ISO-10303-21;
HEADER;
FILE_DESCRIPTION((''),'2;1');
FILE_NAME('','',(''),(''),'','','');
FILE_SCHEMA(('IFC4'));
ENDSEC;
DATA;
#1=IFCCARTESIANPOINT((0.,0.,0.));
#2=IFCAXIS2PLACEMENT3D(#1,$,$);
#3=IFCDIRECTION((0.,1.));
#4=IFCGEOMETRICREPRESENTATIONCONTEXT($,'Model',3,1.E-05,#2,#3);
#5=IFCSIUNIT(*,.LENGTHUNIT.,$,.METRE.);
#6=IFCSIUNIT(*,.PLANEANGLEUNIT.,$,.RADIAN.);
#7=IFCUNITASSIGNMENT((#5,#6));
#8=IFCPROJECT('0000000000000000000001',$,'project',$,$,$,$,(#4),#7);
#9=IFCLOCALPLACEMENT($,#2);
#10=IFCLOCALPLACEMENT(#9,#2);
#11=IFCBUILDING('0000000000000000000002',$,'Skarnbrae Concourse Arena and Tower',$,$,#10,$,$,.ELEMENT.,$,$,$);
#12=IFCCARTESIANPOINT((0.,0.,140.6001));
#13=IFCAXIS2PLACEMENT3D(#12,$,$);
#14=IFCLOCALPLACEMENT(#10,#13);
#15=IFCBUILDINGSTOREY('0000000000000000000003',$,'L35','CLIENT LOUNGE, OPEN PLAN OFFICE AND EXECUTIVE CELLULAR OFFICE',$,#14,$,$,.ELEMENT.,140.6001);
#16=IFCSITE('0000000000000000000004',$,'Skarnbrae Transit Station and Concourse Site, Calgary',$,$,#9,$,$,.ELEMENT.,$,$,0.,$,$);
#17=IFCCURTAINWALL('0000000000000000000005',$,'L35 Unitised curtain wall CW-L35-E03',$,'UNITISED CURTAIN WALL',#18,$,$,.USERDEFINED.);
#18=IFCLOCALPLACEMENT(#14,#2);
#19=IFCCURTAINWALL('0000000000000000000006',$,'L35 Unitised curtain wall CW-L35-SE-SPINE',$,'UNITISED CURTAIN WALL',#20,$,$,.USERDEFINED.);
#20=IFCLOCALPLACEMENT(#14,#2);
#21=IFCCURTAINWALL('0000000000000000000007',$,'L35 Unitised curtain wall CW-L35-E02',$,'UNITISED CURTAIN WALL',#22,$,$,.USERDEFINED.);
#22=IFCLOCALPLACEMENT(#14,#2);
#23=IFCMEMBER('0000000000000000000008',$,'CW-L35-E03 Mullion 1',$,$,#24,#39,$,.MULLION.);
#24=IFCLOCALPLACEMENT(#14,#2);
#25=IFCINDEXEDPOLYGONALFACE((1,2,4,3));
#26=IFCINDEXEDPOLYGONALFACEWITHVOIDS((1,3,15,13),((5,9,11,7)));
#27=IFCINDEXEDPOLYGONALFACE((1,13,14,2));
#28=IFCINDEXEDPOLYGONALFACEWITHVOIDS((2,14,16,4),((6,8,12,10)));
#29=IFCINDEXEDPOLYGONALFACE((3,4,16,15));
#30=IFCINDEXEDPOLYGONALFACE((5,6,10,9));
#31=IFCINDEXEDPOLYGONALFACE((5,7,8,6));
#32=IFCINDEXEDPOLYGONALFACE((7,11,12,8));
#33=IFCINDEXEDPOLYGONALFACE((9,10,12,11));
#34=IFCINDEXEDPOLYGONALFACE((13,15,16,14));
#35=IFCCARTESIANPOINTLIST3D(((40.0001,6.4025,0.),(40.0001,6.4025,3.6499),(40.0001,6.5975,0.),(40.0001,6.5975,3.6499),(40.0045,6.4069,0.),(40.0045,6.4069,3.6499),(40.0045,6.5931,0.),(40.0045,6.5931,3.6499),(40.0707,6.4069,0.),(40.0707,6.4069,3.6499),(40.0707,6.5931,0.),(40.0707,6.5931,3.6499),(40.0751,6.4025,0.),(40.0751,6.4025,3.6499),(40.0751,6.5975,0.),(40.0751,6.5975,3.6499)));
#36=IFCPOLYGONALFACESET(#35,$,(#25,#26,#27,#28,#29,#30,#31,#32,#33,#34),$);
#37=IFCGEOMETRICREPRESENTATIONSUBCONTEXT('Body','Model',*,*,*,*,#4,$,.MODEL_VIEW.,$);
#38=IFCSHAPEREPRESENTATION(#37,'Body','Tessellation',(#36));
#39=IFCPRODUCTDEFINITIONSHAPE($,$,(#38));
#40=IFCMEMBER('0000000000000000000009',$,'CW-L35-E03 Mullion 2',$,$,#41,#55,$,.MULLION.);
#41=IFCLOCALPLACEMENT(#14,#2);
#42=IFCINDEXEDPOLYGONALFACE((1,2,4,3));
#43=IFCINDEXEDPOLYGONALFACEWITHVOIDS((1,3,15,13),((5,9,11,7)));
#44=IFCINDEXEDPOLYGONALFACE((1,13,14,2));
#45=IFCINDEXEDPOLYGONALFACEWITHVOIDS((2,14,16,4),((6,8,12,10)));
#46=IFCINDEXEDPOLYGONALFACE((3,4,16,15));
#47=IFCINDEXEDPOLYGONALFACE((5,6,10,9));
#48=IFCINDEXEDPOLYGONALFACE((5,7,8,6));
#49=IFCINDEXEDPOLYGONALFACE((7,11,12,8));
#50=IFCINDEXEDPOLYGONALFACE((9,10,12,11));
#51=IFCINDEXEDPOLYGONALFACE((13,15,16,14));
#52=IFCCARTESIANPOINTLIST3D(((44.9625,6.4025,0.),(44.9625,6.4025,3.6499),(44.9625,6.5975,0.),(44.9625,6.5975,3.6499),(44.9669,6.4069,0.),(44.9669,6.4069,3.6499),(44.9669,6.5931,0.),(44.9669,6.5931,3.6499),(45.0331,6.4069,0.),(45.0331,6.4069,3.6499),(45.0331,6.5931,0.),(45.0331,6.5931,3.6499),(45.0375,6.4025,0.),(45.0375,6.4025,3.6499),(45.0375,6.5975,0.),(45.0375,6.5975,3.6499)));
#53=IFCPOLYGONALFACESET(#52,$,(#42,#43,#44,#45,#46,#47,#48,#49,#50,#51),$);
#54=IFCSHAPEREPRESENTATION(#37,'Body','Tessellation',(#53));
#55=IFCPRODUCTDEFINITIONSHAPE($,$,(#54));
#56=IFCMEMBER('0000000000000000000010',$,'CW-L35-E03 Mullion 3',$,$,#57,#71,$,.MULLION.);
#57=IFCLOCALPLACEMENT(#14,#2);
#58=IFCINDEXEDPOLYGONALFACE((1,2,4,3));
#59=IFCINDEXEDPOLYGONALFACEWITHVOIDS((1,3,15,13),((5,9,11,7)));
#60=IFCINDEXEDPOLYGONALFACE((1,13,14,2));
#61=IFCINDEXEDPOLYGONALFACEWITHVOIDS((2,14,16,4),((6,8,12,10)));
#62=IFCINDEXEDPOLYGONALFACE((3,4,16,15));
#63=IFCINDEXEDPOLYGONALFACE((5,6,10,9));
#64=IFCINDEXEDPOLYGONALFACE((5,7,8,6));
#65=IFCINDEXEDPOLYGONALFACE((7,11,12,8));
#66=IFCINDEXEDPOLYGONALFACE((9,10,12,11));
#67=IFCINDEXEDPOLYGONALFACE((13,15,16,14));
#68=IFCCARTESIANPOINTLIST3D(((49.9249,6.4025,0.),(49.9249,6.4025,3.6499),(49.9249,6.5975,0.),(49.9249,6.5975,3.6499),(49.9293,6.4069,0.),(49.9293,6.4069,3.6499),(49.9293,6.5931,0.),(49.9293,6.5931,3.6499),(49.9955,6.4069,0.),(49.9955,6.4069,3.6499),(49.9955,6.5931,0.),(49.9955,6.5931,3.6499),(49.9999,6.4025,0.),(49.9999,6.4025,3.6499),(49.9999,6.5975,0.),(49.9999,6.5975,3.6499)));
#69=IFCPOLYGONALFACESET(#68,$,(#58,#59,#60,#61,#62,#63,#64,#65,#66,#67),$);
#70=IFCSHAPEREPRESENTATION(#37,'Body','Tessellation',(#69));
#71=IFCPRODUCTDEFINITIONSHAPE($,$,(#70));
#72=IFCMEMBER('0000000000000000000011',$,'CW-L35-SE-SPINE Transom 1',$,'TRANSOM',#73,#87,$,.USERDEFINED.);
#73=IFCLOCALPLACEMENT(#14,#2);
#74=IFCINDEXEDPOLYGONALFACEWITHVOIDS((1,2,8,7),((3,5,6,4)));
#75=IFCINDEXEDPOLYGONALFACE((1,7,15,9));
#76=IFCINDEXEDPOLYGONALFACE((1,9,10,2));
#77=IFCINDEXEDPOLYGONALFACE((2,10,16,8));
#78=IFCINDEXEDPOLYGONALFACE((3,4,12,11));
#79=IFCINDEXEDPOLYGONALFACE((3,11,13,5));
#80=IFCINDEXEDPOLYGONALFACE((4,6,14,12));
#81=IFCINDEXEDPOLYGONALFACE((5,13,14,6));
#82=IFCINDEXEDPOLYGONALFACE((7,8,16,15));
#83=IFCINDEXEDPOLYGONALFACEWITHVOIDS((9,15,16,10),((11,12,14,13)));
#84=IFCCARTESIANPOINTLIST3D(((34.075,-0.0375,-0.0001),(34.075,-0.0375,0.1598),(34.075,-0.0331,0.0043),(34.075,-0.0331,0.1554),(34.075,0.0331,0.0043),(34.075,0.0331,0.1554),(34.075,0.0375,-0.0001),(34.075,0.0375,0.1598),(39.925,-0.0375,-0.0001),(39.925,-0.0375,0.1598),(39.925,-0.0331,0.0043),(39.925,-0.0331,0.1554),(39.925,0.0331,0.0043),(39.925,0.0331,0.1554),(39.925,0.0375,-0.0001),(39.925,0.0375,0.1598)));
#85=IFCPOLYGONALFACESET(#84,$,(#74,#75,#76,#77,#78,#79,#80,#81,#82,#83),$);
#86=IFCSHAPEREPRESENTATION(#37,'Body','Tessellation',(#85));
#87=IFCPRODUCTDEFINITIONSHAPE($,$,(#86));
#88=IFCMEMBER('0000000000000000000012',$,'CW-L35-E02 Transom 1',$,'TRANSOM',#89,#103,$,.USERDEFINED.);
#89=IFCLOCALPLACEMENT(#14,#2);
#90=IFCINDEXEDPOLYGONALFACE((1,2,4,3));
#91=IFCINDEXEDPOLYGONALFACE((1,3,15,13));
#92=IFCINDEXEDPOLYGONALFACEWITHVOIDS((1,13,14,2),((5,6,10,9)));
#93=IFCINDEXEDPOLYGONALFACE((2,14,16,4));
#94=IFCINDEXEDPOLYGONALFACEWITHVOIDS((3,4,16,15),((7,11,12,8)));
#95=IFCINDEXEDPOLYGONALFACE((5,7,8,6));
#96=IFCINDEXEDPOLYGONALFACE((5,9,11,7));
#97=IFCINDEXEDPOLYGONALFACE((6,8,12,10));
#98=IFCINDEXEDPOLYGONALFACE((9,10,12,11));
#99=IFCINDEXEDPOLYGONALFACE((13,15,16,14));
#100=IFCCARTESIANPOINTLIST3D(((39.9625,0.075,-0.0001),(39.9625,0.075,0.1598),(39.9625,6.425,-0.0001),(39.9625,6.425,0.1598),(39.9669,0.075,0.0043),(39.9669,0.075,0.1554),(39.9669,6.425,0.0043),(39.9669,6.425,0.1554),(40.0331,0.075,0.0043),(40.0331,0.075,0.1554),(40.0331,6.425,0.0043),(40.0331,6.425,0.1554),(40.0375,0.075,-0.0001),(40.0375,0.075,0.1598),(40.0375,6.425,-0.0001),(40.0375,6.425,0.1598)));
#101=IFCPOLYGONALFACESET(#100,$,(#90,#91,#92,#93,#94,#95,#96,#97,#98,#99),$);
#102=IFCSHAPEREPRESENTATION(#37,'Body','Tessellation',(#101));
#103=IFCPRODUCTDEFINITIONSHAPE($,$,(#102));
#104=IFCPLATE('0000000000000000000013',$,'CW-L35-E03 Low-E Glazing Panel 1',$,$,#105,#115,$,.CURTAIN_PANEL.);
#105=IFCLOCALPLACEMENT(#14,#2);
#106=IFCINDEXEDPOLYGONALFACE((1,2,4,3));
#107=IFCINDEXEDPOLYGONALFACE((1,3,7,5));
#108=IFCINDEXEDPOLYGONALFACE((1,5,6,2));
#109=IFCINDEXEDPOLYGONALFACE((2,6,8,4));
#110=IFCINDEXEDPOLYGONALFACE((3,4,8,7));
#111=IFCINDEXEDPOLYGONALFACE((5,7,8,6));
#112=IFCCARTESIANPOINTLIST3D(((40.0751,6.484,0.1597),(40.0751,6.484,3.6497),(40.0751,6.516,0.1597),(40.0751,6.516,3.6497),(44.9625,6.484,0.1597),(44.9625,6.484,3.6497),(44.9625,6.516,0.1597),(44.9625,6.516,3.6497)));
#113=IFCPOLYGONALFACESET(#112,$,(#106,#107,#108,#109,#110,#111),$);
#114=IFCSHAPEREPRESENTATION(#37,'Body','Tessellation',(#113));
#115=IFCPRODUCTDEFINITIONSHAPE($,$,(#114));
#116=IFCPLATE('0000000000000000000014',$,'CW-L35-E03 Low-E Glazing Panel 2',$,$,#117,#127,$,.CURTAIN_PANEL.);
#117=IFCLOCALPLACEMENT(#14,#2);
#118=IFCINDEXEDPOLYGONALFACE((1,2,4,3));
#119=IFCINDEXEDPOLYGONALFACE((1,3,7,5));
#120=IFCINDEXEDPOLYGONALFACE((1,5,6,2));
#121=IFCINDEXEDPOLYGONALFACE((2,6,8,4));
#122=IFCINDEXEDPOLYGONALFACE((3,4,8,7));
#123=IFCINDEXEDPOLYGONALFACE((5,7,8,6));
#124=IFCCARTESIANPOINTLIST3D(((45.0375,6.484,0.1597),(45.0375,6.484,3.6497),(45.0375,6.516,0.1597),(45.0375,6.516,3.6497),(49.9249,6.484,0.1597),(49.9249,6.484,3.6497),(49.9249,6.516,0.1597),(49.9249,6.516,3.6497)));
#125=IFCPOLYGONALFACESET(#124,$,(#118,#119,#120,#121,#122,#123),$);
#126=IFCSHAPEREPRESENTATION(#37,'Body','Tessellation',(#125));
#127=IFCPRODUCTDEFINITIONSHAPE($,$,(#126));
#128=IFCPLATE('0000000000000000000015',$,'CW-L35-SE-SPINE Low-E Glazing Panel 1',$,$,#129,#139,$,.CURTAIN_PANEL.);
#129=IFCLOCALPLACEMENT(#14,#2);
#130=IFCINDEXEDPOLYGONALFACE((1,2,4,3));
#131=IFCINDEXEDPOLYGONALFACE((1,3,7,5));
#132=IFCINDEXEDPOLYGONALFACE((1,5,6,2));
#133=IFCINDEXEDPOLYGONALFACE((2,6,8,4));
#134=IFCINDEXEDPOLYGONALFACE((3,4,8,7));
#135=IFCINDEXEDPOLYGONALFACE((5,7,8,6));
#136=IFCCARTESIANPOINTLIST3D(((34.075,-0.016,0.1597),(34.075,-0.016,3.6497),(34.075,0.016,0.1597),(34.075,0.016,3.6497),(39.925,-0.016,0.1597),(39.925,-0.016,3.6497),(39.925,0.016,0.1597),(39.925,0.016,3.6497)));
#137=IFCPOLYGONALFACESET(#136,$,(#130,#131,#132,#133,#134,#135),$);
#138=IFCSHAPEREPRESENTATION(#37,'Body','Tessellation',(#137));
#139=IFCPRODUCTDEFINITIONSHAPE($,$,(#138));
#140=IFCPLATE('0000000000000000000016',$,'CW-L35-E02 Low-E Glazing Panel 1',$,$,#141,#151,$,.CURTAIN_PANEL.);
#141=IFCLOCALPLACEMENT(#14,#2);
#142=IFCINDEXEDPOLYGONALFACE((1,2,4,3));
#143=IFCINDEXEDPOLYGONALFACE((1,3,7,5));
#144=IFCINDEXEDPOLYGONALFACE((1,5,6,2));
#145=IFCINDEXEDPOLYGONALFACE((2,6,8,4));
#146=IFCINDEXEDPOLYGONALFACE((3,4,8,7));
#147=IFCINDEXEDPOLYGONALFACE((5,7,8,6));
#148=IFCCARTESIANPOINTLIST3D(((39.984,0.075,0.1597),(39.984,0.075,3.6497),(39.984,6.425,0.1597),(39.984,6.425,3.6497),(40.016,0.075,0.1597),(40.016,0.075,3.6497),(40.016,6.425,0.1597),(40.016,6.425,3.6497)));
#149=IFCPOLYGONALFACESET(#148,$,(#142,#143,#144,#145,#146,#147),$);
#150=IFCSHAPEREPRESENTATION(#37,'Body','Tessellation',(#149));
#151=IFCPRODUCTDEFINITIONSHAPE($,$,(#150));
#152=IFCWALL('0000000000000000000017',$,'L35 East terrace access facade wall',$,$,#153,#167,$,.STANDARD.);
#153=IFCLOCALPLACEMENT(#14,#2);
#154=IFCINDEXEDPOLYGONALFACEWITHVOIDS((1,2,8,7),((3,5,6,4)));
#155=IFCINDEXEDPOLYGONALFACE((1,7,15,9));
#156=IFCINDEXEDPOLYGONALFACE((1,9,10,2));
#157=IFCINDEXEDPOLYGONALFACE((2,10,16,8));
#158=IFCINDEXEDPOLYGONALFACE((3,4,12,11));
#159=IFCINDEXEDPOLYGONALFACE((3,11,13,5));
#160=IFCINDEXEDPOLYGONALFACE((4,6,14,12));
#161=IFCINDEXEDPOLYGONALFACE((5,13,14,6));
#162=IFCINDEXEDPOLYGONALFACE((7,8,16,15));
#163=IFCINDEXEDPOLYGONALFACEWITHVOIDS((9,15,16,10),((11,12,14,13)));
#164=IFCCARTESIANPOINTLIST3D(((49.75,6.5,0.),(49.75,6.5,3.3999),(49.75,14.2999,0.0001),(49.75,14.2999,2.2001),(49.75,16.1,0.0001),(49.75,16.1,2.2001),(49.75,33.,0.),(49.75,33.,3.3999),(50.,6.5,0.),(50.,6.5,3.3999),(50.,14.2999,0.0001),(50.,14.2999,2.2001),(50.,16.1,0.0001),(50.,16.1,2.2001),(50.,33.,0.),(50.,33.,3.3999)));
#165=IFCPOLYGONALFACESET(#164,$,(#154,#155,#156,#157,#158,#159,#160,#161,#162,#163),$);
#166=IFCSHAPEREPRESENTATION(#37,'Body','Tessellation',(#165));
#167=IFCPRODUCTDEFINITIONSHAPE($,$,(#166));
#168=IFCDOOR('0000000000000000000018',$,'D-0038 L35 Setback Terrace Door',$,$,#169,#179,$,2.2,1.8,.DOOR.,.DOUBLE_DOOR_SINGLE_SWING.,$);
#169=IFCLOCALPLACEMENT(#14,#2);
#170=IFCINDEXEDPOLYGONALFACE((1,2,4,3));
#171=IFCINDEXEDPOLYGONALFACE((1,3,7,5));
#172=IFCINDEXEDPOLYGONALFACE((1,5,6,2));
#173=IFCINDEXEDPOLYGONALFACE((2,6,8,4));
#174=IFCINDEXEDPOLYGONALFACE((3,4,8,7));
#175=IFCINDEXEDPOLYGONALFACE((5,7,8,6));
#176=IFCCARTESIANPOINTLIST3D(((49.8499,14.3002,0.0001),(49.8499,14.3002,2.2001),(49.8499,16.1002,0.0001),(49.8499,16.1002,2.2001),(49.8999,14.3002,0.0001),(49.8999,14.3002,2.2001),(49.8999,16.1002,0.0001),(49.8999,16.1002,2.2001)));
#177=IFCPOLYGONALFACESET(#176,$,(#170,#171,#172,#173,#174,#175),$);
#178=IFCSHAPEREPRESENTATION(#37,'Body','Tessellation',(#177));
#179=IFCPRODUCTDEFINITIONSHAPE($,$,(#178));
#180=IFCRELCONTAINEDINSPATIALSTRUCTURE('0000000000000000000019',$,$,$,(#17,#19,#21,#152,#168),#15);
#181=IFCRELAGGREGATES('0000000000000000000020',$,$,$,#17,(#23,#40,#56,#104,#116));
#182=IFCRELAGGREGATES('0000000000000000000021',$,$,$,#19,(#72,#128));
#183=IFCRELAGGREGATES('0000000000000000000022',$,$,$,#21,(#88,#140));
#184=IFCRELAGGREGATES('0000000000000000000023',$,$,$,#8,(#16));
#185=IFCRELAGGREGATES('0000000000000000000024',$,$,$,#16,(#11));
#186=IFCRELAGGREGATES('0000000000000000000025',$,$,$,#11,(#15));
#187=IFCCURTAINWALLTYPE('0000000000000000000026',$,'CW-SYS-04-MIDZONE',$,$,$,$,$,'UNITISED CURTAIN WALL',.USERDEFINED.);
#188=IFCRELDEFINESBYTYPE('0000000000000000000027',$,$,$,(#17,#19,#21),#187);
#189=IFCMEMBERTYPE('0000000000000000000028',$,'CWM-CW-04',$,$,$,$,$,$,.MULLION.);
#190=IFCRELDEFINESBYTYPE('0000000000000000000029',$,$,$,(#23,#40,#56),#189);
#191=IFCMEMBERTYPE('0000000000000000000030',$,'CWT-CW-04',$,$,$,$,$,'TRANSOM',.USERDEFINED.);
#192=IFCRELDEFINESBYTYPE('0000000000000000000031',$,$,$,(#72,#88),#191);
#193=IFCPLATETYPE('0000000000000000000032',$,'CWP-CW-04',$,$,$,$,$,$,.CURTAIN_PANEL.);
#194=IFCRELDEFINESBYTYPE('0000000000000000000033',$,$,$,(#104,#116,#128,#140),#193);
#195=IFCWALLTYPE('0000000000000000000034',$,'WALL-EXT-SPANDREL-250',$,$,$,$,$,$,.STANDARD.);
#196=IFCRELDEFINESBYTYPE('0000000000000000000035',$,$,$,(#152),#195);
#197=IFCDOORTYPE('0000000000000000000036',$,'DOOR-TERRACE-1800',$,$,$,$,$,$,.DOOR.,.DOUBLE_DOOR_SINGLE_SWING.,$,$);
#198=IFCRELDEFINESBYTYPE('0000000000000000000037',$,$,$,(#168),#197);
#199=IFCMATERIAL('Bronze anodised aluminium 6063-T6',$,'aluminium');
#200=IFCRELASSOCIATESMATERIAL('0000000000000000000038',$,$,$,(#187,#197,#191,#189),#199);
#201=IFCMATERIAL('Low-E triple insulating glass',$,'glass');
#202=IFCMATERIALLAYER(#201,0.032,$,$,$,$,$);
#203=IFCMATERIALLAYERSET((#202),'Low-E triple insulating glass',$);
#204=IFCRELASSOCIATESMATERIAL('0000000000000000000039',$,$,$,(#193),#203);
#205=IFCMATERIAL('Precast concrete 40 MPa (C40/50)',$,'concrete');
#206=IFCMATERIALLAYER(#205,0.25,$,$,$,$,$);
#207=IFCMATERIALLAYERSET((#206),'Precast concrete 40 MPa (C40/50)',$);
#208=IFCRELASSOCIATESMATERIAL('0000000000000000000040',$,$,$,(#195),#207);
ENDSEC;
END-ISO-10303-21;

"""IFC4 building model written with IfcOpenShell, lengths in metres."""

from ifc_helpers import new_model, si_unit, direction, frame, frame_2d, origin, origin_2d, place, context, subcontext, project, spatial, rectangle, hollow_rectangle, extrude, source, transform, mapped, material, layer, layer_set, material_profile, profile_set, type_object, element, fill, aggregate, save


model = new_model("IFC4")

# Units and contexts
model_context = context("Model", 3, precision=1e-05, world=origin(), true_north=direction((0.0, 1.0)))
body_context = subcontext(model_context, "Body", "Model", "MODEL_VIEW")
ifc_project = project(units=[si_unit("LENGTHUNIT", "METRE"), si_unit("PLANEANGLEUNIT", "RADIAN")], contexts=[model_context])

# Site, building, storey
site_placement = place(None, origin())
site = spatial("IfcSite", under=ifc_project, at=site_placement, Name="Skarnbrae Transit Station and Concourse Site, Calgary", CompositionType="ELEMENT", RefElevation=0.0)
building_placement = place(site_placement, origin())
building = spatial("IfcBuilding", under=site, at=building_placement, Name="Skarnbrae Concourse Arena and Tower", CompositionType="ELEMENT")
storey_placement = place(building_placement, frame((0.0, 0.0, 140.6001)))
storey = spatial("IfcBuildingStorey", under=building, at=storey_placement, Name="L35", Description="CLIENT LOUNGE, OPEN PLAN OFFICE AND EXECUTIVE CELLULAR OFFICE", CompositionType="ELEMENT", Elevation=140.6001)

# Curtain walls
ifc_material_1 = material(Name="Bronze anodised aluminium 6063-T6", Category="aluminium")
curtain_wall_type = type_object("IfcCurtainWallType", Name="CW-SYS-04-MIDZONE", ElementType="UNITISED CURTAIN WALL", PredefinedType="USERDEFINED", material=ifc_material_1)
curtain_wall_1_placement = place(storey_placement, origin())
curtain_wall_1 = element("IfcCurtainWall", 1, at=curtain_wall_1_placement, inside=storey, type_object=curtain_wall_type, Name="L35 Unitised curtain wall CW-L35-E03", ObjectType="UNITISED CURTAIN WALL", PredefinedType="USERDEFINED")
ifc_material_profile_1 = material_profile(ifc_material_1, hollow_rectangle(XDim=0.075, YDim=0.1599, WallThickness=0.0044, at=origin_2d()), Name="ALU-TRAN-75X160")
ifc_profile_set_1 = profile_set([ifc_material_profile_1], Name="Bronze anodised aluminium 6063-T6")
member_type_1 = type_object("IfcMemberType", Name="CWT-CW-04", ElementType="TRANSOM", PredefinedType="USERDEFINED", material=ifc_profile_set_1)
curtain_wall_2_placement = place(storey_placement, origin())
curtain_wall_2 = element("IfcCurtainWall", 2, at=curtain_wall_2_placement, inside=storey, type_object=curtain_wall_type, Name="L35 Unitised curtain wall CW-L35-SE-SPINE", ObjectType="UNITISED CURTAIN WALL", PredefinedType="USERDEFINED")
ifc_material_profile_2 = material_profile(ifc_material_1, hollow_rectangle(XDim=0.075, YDim=0.1951, WallThickness=0.0044, at=origin_2d()), Name="ALU-MULL-75X195")
ifc_profile_set_2 = profile_set([ifc_material_profile_2], Name="Bronze anodised aluminium 6063-T6")
member_type_2 = type_object("IfcMemberType", Name="CWM-CW-04", PredefinedType="MULLION", material=ifc_profile_set_2)
shared_shape_1 = source(origin(), body_context, "Body", "SweptSolid", [
    extrude(hollow_rectangle(XDim=0.075, YDim=0.1951, WallThickness=0.0044, at=origin_2d()), origin(), (0.0, 0.0, 1.0), 3.6499),
])
curtain_wall_3_placement = place(storey_placement, origin())
curtain_wall_3 = element("IfcCurtainWall", 3, at=curtain_wall_3_placement, inside=storey, type_object=curtain_wall_type, Name="L35 Unitised curtain wall CW-L35-E02", ObjectType="UNITISED CURTAIN WALL", PredefinedType="USERDEFINED")

# Members
member_1_placement = place(storey_placement, frame((40.0376, 6.5, 0.0), z_axis=(0.0, 0.0, 1.0), x_axis=(1.0, 0.0, 0.0)))
member_1 = element("IfcMember", 4, at=member_1_placement, type_object=member_type_2, Name="CW-L35-E03 Mullion 1", PredefinedType="MULLION", context=body_context, shape_type="MappedRepresentation", body=[
    mapped(shared_shape_1, transform((0.0, 0.0, 0.0))),
])
member_2_placement = place(storey_placement, frame((45.0, 6.5, 0.0), z_axis=(0.0, 0.0, 1.0), x_axis=(1.0, 0.0, 0.0)))
member_2 = element("IfcMember", 5, at=member_2_placement, type_object=member_type_2, Name="CW-L35-E03 Mullion 2", PredefinedType="MULLION", context=body_context, shape_type="MappedRepresentation", body=[
    mapped(shared_shape_1, transform((0.0, 0.0, 0.0))),
])
member_3_placement = place(storey_placement, frame((49.9624, 6.5, 0.0), z_axis=(0.0, 0.0, 1.0), x_axis=(1.0, 0.0, 0.0)))
member_3 = element("IfcMember", 6, at=member_3_placement, type_object=member_type_2, Name="CW-L35-E03 Mullion 3", PredefinedType="MULLION", context=body_context, shape_type="MappedRepresentation", body=[
    mapped(shared_shape_1, transform((0.0, 0.0, 0.0))),
])
shared_shape_2 = source(origin(), body_context, "Body", "SweptSolid", [
    extrude(hollow_rectangle(XDim=0.075, YDim=0.1599, WallThickness=0.0044, at=origin_2d()), origin(), (0.0, 0.0, 1.0), 5.8501),
])
member_4_placement = place(storey_placement, frame((34.075, 0.0, 0.0798), z_axis=(1.0, 0.0, 0.0), x_axis=(0.0, 1.0, 0.0)))
member_4 = element("IfcMember", 7, at=member_4_placement, type_object=member_type_1, Name="CW-L35-SE-SPINE Transom 1", ObjectType="TRANSOM", PredefinedType="USERDEFINED", context=body_context, shape_type="MappedRepresentation", body=[
    mapped(shared_shape_2, transform((0.0, 0.0, 0.0))),
])
shared_shape_3 = source(origin(), body_context, "Body", "SweptSolid", [
    extrude(hollow_rectangle(XDim=0.075, YDim=0.1599, WallThickness=0.0044, at=origin_2d()), origin(), (0.0, 0.0, 1.0), 6.3501),
])
member_5_placement = place(storey_placement, frame((40.0, 0.075, 0.0798), z_axis=(0.0, 1.0, 0.0), x_axis=(-1.0, 0.0, 0.0)))
member_5 = element("IfcMember", 8, at=member_5_placement, type_object=member_type_1, Name="CW-L35-E02 Transom 1", ObjectType="TRANSOM", PredefinedType="USERDEFINED", context=body_context, shape_type="MappedRepresentation", body=[
    mapped(shared_shape_3, transform((0.0, 0.0, 0.0))),
])

# Plates
ifc_material_2 = material(Name="Low-E triple insulating glass", Category="glass")
ifc_layer_1 = layer(ifc_material_2, 0.032)
ifc_layer_set_1 = layer_set([ifc_layer_1], Name="Low-E triple insulating glass")
plate_type = type_object("IfcPlateType", Name="CWP-CW-04", PredefinedType="CURTAIN_PANEL", material=ifc_layer_set_1)
shared_shape_4 = source(origin(), body_context, "Body", "SweptSolid", [
    extrude(rectangle(XDim=4.8875, YDim=0.032, at=origin_2d()), origin(), (0.0, 0.0, 1.0), 3.49),
])
plate_1_placement = place(storey_placement, frame((42.5188, 6.5, 0.1597), z_axis=(0.0, 0.0, 1.0), x_axis=(1.0, 0.0, 0.0)))
plate_1 = element("IfcPlate", 9, at=plate_1_placement, type_object=plate_type, Name="CW-L35-E03 Low-E Glazing Panel 1", PredefinedType="CURTAIN_PANEL", context=body_context, shape_type="MappedRepresentation", body=[
    mapped(shared_shape_4, transform((0.0, 0.0, 0.0))),
])
plate_2_placement = place(storey_placement, frame((47.4812, 6.5, 0.1597), z_axis=(0.0, 0.0, 1.0), x_axis=(1.0, 0.0, 0.0)))
plate_2 = element("IfcPlate", 10, at=plate_2_placement, type_object=plate_type, Name="CW-L35-E03 Low-E Glazing Panel 2", PredefinedType="CURTAIN_PANEL", context=body_context, shape_type="MappedRepresentation", body=[
    mapped(shared_shape_4, transform((0.0, 0.0, 0.0))),
])
aggregate(curtain_wall_1, [member_1, member_2, member_3, plate_1, plate_2])
shared_shape_5 = source(origin(), body_context, "Body", "SweptSolid", [
    extrude(rectangle(XDim=5.8501, YDim=0.032, at=origin_2d()), origin(), (0.0, 0.0, 1.0), 3.49),
])
plate_3_placement = place(storey_placement, frame((37.0, 0.0, 0.1597), z_axis=(0.0, 0.0, 1.0), x_axis=(1.0, 0.0, 0.0)))
plate_3 = element("IfcPlate", 11, at=plate_3_placement, type_object=plate_type, Name="CW-L35-SE-SPINE Low-E Glazing Panel 1", PredefinedType="CURTAIN_PANEL", context=body_context, shape_type="MappedRepresentation", body=[
    mapped(shared_shape_5, transform((0.0, 0.0, 0.0))),
])
aggregate(curtain_wall_2, [member_4, plate_3])
shared_shape_6 = source(origin(), body_context, "Body", "SweptSolid", [
    extrude(rectangle(XDim=6.3501, YDim=0.032, at=origin_2d()), origin(), (0.0, 0.0, 1.0), 3.49),
])
plate_4_placement = place(storey_placement, frame((40.0, 3.25, 0.1597), z_axis=(0.0, 0.0, 1.0), x_axis=(0.0, 1.0, 0.0)))
plate_4 = element("IfcPlate", 12, at=plate_4_placement, type_object=plate_type, Name="CW-L35-E02 Low-E Glazing Panel 1", PredefinedType="CURTAIN_PANEL", context=body_context, shape_type="MappedRepresentation", body=[
    mapped(shared_shape_6, transform((0.0, 0.0, 0.0))),
])
aggregate(curtain_wall_3, [member_5, plate_4])

# Wall, opening, door
ifc_material_3 = material(Name="Precast concrete 40 MPa (C40/50)", Category="concrete")
ifc_layer_2 = layer(ifc_material_3, 0.25)
ifc_layer_set_2 = layer_set([ifc_layer_2], Name="Precast concrete 40 MPa (C40/50)")
wall_type = type_object("IfcWallType", Name="WALL-EXT-SPANDREL-250", PredefinedType="STANDARD", material=ifc_layer_set_2)
shared_shape_7 = source(origin(), body_context, "Body", "SweptSolid", [
    extrude(rectangle(XDim=26.5, YDim=0.25, at=frame_2d((13.25, 0.0))), origin(), (0.0, 0.0, 1.0), 3.3999),
])
wall_placement = place(storey_placement, frame((49.875, 6.5, 0.0), z_axis=(0.0, 0.0, 1.0), x_axis=(0.0, 1.0, 0.0)))
wall = element("IfcWall", 13, at=wall_placement, inside=storey, type_object=wall_type, Name="L35 East terrace access facade wall", PredefinedType="STANDARD", context=body_context, shape_type="MappedRepresentation", body=[
    mapped(shared_shape_7, transform((0.0, 0.0, 0.0))),
])
opening_placement = place(wall_placement, frame((7.8, 0.0, 0.0)))
opening = element("IfcOpeningElement", 14, at=opening_placement, cuts=wall, PredefinedType="OPENING", context=body_context, shape_type="SweptSolid", body=[
    extrude(rectangle(XDim=1.8, YDim=2.2, at=frame_2d((0.8999, 1.1001))), frame((0.0, 0.135, 0.0), z_axis=(0.0, -1.0, 0.0), x_axis=(1.0, 0.0, 0.0)), (0.0, 0.0, 1.0), 0.27),
])
door_type = type_object("IfcDoorType", Name="DOOR-TERRACE-1800", OperationType="DOUBLE_DOOR_SINGLE_SWING", PredefinedType="DOOR", material=ifc_material_1)
shared_shape_8 = source(origin(), body_context, "Body", "SweptSolid", [
    extrude(rectangle(XDim=1.8, YDim=2.2, at=frame_2d((0.8999, 1.1001))), frame((0.0, 0.0249, 0.0), z_axis=(0.0, -1.0, 0.0), x_axis=(1.0, 0.0, 0.0)), (0.0, 0.0, 1.0), 0.05),
])
door_placement = place(opening_placement, frame((1.8, 0.0, 0.0), z_axis=(0.0, 0.0, 1.0), x_axis=(-1.0, 0.0, 0.0)))
door = element("IfcDoor", 15, at=door_placement, inside=storey, type_object=door_type, Name="D-0038 L35 Setback Terrace Door", OperationType="DOUBLE_DOOR_SINGLE_SWING", OverallHeight=2.2, OverallWidth=1.8, PredefinedType="DOOR", context=body_context, shape_type="MappedRepresentation", body=[
    mapped(shared_shape_8, transform((0.0, 0.0, 0.0))),
])
fill(opening, door)

save(model, "model.ifc")
